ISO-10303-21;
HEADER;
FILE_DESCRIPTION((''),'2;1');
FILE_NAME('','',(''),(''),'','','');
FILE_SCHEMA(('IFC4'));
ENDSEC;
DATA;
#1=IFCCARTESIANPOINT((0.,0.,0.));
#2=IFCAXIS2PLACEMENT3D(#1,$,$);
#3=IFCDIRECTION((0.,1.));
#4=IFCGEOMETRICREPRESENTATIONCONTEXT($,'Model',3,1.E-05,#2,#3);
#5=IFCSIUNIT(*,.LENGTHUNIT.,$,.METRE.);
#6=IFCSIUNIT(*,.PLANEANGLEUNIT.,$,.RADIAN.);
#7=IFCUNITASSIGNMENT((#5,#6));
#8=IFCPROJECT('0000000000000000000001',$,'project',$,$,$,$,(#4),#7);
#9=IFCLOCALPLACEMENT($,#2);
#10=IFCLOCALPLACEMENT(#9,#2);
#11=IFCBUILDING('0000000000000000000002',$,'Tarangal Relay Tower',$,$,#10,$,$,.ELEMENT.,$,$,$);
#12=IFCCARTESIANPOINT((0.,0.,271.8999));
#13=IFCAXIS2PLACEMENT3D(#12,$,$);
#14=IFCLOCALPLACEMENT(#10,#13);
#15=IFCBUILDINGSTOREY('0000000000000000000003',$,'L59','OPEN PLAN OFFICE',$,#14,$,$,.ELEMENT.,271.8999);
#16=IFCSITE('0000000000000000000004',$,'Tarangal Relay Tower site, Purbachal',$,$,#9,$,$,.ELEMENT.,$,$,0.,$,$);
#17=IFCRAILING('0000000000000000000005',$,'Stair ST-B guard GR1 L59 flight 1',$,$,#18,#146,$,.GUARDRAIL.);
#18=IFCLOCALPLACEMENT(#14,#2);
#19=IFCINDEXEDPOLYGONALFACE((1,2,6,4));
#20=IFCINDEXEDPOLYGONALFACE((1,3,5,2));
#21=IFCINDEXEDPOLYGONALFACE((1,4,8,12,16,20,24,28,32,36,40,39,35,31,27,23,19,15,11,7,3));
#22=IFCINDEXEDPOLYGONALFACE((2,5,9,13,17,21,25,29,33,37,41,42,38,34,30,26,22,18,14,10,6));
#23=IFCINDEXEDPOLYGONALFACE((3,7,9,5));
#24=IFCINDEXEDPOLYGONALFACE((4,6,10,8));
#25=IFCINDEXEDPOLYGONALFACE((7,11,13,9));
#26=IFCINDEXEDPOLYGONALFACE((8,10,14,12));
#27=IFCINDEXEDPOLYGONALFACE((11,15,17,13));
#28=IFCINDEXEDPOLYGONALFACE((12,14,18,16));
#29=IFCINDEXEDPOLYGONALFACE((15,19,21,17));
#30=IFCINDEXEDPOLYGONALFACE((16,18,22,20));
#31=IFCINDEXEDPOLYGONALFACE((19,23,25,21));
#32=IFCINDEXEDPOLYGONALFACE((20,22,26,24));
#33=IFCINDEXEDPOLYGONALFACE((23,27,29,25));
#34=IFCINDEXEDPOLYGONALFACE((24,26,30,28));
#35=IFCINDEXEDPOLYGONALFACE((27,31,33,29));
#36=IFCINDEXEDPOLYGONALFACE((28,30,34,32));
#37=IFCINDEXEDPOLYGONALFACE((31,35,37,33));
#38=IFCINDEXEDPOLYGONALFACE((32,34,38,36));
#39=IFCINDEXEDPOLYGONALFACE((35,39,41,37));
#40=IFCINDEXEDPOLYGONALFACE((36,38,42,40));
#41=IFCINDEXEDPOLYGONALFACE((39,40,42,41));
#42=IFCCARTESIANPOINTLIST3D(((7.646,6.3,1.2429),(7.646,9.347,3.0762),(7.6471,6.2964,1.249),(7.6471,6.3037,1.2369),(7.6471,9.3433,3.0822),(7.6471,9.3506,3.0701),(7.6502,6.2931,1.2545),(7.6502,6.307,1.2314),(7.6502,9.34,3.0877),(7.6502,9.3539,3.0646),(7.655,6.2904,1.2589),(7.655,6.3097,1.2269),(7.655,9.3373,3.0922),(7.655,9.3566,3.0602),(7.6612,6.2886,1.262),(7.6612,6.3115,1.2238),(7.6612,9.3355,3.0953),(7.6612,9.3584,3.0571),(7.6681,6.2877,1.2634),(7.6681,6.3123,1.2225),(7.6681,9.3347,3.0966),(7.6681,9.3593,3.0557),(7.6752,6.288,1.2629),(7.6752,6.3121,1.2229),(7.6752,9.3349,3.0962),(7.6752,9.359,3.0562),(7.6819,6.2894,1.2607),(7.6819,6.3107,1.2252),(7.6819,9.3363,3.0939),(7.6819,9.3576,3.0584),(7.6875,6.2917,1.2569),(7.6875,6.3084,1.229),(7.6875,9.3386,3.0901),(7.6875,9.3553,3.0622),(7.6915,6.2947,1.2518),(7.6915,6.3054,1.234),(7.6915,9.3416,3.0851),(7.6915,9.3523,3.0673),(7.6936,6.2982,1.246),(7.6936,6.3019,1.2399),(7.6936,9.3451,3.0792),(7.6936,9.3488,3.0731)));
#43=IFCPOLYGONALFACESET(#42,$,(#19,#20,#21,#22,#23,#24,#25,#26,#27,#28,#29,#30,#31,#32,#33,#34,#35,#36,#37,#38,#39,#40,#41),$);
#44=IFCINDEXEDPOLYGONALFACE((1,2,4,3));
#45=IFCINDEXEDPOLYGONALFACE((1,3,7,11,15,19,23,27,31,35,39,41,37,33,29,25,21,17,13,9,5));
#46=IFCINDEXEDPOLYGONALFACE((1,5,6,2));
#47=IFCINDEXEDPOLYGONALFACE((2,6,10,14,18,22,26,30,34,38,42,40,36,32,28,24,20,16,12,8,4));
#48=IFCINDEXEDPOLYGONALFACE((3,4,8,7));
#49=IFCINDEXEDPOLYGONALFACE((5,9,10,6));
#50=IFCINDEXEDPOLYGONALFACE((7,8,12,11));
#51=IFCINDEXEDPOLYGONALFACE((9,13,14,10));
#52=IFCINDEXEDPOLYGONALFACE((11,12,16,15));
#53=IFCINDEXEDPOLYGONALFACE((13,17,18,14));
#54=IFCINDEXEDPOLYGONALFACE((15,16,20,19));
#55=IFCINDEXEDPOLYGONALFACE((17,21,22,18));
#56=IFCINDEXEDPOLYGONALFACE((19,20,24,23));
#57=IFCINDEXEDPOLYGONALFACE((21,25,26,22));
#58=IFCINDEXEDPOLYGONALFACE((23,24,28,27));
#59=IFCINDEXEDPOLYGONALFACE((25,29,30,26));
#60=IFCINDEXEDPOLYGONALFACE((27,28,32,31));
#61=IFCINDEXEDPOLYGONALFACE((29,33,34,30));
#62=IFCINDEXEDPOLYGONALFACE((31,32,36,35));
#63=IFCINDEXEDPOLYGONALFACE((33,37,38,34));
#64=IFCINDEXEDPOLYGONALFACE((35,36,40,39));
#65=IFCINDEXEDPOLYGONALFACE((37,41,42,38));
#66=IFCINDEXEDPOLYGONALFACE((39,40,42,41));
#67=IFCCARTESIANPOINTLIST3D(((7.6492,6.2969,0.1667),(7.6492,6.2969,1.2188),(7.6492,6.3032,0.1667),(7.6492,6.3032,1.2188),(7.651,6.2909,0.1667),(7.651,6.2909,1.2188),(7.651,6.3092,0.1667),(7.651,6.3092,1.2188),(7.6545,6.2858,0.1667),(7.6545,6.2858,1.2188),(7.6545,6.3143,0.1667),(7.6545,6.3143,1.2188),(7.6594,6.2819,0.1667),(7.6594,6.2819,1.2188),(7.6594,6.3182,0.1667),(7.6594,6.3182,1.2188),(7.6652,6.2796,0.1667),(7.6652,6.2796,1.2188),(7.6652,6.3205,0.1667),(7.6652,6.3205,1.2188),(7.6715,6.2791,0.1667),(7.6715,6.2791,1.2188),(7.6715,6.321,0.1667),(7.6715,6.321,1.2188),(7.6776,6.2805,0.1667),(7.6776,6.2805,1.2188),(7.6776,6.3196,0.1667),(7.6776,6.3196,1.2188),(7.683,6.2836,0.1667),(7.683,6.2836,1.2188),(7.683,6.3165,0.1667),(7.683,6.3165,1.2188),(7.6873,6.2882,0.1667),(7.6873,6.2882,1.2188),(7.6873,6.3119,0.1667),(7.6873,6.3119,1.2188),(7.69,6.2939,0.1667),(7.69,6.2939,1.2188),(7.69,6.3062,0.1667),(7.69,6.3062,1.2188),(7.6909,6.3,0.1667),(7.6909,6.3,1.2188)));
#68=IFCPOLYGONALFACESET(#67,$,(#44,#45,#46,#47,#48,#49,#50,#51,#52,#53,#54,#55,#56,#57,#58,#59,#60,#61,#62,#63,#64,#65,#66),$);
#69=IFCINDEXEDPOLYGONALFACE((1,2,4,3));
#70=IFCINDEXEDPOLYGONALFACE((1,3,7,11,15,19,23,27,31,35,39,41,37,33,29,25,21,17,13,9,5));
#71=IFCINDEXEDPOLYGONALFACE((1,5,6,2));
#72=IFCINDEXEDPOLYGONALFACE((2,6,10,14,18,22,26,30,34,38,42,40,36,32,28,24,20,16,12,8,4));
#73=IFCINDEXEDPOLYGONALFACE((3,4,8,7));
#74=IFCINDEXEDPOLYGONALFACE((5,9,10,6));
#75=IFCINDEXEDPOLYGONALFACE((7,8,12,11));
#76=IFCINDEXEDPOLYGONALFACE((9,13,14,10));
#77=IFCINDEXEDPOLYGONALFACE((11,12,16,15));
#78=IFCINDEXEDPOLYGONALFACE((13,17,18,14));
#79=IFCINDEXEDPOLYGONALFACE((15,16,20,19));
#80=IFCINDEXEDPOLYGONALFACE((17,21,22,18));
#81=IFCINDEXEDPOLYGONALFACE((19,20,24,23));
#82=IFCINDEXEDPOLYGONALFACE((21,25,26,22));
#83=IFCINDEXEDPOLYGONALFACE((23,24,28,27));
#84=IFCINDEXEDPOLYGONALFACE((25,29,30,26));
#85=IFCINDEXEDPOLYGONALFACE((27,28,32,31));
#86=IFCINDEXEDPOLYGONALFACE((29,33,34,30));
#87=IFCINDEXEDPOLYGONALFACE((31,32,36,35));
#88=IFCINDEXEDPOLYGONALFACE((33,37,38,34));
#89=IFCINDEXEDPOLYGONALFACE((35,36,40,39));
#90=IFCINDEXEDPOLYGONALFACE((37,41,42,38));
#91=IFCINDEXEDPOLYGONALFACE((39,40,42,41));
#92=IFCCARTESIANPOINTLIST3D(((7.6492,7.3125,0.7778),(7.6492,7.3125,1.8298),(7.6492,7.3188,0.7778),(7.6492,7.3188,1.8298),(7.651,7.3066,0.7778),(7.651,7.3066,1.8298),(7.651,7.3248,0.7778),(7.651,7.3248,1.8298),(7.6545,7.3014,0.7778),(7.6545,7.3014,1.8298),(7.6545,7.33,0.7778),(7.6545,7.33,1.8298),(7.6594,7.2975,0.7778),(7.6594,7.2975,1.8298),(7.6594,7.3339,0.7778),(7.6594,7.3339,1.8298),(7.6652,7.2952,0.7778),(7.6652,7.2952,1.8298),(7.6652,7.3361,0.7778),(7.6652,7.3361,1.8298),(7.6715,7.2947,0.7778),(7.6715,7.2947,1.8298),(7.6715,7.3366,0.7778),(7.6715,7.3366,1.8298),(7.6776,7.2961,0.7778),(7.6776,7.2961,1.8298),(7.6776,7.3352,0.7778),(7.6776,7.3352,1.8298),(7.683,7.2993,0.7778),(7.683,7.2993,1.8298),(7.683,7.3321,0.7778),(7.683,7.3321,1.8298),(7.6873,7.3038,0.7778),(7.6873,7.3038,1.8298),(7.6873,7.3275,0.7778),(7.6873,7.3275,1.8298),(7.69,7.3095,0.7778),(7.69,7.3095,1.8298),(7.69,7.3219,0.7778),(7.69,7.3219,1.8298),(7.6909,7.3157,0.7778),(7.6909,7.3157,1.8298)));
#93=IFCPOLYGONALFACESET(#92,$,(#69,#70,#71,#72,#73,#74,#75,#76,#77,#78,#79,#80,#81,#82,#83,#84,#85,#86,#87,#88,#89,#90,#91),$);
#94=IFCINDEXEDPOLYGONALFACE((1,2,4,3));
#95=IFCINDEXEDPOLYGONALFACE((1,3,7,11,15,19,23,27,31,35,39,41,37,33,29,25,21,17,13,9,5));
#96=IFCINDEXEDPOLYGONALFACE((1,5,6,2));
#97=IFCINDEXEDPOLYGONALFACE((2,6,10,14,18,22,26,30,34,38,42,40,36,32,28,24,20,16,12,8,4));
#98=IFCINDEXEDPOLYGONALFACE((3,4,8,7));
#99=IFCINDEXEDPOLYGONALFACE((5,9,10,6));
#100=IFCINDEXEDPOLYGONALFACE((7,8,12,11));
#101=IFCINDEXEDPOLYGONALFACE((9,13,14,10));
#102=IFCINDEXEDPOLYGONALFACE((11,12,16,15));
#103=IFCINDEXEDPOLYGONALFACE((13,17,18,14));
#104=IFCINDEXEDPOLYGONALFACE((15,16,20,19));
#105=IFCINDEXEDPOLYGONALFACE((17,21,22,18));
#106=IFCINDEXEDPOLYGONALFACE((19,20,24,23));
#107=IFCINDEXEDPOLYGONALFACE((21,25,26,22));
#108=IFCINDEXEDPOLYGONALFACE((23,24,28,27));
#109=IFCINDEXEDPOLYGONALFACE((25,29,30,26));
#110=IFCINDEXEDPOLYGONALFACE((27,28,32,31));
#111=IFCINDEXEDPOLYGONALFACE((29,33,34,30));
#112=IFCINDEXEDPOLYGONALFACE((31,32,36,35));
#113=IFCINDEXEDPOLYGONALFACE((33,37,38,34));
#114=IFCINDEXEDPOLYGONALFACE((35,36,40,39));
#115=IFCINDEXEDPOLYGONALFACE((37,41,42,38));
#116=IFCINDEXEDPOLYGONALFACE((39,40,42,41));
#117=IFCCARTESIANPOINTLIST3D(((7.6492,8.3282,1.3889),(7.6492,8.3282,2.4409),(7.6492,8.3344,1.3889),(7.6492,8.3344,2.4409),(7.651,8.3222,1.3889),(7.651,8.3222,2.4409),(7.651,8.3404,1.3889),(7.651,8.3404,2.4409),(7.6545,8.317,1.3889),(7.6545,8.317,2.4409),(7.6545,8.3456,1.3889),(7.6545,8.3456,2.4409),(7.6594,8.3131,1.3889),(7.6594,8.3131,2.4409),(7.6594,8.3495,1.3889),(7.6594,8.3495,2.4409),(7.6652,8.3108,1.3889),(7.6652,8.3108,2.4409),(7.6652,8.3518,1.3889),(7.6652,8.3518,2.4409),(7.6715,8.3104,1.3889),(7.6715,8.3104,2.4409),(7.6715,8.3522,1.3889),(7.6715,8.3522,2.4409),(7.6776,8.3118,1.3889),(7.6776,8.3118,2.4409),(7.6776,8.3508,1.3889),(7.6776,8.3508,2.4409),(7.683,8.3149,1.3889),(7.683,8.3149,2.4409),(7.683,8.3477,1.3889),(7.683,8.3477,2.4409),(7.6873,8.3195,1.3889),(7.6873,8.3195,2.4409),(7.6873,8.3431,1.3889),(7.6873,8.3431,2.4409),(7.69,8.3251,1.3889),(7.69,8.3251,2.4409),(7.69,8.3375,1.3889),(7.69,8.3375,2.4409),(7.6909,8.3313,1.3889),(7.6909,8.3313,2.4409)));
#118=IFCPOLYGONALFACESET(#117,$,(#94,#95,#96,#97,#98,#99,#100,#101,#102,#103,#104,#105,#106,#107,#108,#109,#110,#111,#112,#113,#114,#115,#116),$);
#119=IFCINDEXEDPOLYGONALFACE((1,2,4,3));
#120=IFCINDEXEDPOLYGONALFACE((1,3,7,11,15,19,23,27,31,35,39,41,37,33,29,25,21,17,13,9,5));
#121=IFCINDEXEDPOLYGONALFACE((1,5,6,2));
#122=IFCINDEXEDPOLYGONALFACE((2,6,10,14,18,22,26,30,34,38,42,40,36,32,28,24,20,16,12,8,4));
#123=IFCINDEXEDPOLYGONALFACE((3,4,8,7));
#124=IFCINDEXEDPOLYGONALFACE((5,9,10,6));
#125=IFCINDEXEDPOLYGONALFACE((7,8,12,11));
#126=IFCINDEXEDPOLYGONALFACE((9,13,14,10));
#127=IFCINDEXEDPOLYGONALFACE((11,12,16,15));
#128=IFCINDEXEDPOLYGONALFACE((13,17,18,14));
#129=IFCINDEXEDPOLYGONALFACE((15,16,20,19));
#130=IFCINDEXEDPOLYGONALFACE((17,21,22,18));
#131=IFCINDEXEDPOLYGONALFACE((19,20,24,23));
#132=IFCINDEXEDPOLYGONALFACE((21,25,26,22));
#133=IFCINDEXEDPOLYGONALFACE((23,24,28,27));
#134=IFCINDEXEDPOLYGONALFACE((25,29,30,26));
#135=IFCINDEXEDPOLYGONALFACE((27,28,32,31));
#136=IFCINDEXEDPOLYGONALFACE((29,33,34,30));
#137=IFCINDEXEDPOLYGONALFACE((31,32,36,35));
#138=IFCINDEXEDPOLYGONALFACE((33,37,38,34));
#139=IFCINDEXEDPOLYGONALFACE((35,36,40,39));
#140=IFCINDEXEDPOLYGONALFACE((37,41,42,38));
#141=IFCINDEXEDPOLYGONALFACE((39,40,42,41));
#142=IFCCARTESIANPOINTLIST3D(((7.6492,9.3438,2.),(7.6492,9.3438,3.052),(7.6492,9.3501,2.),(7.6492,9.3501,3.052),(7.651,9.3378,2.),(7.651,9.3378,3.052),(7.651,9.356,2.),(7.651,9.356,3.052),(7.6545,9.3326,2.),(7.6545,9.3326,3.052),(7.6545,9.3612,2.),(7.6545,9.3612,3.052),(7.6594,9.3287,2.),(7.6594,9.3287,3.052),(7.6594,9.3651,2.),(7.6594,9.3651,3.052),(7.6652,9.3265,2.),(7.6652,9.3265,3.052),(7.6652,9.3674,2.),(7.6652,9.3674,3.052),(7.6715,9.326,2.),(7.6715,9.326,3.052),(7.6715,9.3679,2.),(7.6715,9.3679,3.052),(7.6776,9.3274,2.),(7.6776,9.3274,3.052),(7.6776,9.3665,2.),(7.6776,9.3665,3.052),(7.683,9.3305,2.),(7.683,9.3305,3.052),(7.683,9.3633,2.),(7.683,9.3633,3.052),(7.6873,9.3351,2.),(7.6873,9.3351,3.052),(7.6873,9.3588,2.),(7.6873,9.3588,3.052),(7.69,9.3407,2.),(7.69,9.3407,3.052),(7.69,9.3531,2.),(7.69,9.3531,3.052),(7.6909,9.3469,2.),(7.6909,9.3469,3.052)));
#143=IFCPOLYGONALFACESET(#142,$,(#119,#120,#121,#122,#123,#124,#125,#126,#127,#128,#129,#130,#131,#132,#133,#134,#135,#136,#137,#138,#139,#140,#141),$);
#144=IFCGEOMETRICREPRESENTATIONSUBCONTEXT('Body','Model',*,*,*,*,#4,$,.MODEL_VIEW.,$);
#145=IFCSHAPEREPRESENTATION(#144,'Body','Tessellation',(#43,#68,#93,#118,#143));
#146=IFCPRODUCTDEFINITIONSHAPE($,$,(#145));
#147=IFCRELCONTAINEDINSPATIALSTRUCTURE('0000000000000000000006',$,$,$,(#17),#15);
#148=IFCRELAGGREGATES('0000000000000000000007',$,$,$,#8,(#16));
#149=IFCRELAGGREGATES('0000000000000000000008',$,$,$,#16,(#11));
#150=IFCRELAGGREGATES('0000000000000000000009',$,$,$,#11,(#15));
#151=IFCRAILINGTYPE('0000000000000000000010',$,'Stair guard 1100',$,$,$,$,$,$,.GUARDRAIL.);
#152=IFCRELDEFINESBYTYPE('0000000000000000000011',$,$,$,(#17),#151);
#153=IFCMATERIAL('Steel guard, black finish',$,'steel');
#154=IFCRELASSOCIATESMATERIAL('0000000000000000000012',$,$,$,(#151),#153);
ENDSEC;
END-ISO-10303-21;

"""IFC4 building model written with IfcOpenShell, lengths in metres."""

from ifc_helpers import new_model, si_unit, direction, frame, origin, origin_2d, place, context, subcontext, project, spatial, circle, extrude, material, type_object, element, save


model = new_model("IFC4")

# Units and contexts
model_context = context("Model", 3, precision=1e-05, world=origin(), true_north=direction((0.0, 1.0)))
body_context = subcontext(model_context, "Body", "Model", "MODEL_VIEW")
ifc_project = project(units=[si_unit("LENGTHUNIT", "METRE"), si_unit("PLANEANGLEUNIT", "RADIAN")], contexts=[model_context])

# Site, building, storey
site_placement = place(None, origin())
site = spatial("IfcSite", under=ifc_project, at=site_placement, Name="Tarangal Relay Tower site, Purbachal", CompositionType="ELEMENT", RefElevation=0.0)
building_placement = place(site_placement, origin())
building = spatial("IfcBuilding", under=site, at=building_placement, Name="Tarangal Relay Tower", CompositionType="ELEMENT")
storey_placement = place(building_placement, frame((0.0, 0.0, 271.8999)))
storey = spatial("IfcBuildingStorey", under=building, at=storey_placement, Name="L59", Description="OPEN PLAN OFFICE", CompositionType="ELEMENT", Elevation=271.8999)

# Railing
ifc_material_1 = material(Name="Steel guard, black finish", Category="steel")
railing_type_1 = type_object("IfcRailingType", Name="Stair guard 1100", PredefinedType="GUARDRAIL", material=ifc_material_1)
railing_1_placement = place(storey_placement, frame((7.6699, 6.3, 0.1667)))
element("IfcRailing", 1, at=railing_1_placement, inside=storey, type_object=railing_type_1, Name="Stair ST-B guard GR1 L59 flight 1", PredefinedType="GUARDRAIL", context=body_context, shape_type="SweptSolid", body=[
    extrude(circle(Radius=0.0239, at=origin_2d()), frame((0.0, 0.0, 1.0762), z_axis=(0.0, 0.856856, 0.515556), x_axis=(-1.0, 0.0, 0.0)), (0.0, 0.0, 1.0), 3.5559),
    extrude(circle(Radius=0.021, at=origin_2d()), origin(), (0.0, 0.0, 1.0), 1.052),
    extrude(circle(Radius=0.021, at=origin_2d()), frame((0.0, 1.0156, 0.6111)), (0.0, 0.0, 1.0), 1.052),
    extrude(circle(Radius=0.021, at=origin_2d()), frame((0.0, 2.0312, 1.2222)), (0.0, 0.0, 1.0), 1.052),
    extrude(circle(Radius=0.021, at=origin_2d()), frame((0.0, 3.0469, 1.8333)), (0.0, 0.0, 1.0), 1.052),
])

save(model, "model.ifc")
